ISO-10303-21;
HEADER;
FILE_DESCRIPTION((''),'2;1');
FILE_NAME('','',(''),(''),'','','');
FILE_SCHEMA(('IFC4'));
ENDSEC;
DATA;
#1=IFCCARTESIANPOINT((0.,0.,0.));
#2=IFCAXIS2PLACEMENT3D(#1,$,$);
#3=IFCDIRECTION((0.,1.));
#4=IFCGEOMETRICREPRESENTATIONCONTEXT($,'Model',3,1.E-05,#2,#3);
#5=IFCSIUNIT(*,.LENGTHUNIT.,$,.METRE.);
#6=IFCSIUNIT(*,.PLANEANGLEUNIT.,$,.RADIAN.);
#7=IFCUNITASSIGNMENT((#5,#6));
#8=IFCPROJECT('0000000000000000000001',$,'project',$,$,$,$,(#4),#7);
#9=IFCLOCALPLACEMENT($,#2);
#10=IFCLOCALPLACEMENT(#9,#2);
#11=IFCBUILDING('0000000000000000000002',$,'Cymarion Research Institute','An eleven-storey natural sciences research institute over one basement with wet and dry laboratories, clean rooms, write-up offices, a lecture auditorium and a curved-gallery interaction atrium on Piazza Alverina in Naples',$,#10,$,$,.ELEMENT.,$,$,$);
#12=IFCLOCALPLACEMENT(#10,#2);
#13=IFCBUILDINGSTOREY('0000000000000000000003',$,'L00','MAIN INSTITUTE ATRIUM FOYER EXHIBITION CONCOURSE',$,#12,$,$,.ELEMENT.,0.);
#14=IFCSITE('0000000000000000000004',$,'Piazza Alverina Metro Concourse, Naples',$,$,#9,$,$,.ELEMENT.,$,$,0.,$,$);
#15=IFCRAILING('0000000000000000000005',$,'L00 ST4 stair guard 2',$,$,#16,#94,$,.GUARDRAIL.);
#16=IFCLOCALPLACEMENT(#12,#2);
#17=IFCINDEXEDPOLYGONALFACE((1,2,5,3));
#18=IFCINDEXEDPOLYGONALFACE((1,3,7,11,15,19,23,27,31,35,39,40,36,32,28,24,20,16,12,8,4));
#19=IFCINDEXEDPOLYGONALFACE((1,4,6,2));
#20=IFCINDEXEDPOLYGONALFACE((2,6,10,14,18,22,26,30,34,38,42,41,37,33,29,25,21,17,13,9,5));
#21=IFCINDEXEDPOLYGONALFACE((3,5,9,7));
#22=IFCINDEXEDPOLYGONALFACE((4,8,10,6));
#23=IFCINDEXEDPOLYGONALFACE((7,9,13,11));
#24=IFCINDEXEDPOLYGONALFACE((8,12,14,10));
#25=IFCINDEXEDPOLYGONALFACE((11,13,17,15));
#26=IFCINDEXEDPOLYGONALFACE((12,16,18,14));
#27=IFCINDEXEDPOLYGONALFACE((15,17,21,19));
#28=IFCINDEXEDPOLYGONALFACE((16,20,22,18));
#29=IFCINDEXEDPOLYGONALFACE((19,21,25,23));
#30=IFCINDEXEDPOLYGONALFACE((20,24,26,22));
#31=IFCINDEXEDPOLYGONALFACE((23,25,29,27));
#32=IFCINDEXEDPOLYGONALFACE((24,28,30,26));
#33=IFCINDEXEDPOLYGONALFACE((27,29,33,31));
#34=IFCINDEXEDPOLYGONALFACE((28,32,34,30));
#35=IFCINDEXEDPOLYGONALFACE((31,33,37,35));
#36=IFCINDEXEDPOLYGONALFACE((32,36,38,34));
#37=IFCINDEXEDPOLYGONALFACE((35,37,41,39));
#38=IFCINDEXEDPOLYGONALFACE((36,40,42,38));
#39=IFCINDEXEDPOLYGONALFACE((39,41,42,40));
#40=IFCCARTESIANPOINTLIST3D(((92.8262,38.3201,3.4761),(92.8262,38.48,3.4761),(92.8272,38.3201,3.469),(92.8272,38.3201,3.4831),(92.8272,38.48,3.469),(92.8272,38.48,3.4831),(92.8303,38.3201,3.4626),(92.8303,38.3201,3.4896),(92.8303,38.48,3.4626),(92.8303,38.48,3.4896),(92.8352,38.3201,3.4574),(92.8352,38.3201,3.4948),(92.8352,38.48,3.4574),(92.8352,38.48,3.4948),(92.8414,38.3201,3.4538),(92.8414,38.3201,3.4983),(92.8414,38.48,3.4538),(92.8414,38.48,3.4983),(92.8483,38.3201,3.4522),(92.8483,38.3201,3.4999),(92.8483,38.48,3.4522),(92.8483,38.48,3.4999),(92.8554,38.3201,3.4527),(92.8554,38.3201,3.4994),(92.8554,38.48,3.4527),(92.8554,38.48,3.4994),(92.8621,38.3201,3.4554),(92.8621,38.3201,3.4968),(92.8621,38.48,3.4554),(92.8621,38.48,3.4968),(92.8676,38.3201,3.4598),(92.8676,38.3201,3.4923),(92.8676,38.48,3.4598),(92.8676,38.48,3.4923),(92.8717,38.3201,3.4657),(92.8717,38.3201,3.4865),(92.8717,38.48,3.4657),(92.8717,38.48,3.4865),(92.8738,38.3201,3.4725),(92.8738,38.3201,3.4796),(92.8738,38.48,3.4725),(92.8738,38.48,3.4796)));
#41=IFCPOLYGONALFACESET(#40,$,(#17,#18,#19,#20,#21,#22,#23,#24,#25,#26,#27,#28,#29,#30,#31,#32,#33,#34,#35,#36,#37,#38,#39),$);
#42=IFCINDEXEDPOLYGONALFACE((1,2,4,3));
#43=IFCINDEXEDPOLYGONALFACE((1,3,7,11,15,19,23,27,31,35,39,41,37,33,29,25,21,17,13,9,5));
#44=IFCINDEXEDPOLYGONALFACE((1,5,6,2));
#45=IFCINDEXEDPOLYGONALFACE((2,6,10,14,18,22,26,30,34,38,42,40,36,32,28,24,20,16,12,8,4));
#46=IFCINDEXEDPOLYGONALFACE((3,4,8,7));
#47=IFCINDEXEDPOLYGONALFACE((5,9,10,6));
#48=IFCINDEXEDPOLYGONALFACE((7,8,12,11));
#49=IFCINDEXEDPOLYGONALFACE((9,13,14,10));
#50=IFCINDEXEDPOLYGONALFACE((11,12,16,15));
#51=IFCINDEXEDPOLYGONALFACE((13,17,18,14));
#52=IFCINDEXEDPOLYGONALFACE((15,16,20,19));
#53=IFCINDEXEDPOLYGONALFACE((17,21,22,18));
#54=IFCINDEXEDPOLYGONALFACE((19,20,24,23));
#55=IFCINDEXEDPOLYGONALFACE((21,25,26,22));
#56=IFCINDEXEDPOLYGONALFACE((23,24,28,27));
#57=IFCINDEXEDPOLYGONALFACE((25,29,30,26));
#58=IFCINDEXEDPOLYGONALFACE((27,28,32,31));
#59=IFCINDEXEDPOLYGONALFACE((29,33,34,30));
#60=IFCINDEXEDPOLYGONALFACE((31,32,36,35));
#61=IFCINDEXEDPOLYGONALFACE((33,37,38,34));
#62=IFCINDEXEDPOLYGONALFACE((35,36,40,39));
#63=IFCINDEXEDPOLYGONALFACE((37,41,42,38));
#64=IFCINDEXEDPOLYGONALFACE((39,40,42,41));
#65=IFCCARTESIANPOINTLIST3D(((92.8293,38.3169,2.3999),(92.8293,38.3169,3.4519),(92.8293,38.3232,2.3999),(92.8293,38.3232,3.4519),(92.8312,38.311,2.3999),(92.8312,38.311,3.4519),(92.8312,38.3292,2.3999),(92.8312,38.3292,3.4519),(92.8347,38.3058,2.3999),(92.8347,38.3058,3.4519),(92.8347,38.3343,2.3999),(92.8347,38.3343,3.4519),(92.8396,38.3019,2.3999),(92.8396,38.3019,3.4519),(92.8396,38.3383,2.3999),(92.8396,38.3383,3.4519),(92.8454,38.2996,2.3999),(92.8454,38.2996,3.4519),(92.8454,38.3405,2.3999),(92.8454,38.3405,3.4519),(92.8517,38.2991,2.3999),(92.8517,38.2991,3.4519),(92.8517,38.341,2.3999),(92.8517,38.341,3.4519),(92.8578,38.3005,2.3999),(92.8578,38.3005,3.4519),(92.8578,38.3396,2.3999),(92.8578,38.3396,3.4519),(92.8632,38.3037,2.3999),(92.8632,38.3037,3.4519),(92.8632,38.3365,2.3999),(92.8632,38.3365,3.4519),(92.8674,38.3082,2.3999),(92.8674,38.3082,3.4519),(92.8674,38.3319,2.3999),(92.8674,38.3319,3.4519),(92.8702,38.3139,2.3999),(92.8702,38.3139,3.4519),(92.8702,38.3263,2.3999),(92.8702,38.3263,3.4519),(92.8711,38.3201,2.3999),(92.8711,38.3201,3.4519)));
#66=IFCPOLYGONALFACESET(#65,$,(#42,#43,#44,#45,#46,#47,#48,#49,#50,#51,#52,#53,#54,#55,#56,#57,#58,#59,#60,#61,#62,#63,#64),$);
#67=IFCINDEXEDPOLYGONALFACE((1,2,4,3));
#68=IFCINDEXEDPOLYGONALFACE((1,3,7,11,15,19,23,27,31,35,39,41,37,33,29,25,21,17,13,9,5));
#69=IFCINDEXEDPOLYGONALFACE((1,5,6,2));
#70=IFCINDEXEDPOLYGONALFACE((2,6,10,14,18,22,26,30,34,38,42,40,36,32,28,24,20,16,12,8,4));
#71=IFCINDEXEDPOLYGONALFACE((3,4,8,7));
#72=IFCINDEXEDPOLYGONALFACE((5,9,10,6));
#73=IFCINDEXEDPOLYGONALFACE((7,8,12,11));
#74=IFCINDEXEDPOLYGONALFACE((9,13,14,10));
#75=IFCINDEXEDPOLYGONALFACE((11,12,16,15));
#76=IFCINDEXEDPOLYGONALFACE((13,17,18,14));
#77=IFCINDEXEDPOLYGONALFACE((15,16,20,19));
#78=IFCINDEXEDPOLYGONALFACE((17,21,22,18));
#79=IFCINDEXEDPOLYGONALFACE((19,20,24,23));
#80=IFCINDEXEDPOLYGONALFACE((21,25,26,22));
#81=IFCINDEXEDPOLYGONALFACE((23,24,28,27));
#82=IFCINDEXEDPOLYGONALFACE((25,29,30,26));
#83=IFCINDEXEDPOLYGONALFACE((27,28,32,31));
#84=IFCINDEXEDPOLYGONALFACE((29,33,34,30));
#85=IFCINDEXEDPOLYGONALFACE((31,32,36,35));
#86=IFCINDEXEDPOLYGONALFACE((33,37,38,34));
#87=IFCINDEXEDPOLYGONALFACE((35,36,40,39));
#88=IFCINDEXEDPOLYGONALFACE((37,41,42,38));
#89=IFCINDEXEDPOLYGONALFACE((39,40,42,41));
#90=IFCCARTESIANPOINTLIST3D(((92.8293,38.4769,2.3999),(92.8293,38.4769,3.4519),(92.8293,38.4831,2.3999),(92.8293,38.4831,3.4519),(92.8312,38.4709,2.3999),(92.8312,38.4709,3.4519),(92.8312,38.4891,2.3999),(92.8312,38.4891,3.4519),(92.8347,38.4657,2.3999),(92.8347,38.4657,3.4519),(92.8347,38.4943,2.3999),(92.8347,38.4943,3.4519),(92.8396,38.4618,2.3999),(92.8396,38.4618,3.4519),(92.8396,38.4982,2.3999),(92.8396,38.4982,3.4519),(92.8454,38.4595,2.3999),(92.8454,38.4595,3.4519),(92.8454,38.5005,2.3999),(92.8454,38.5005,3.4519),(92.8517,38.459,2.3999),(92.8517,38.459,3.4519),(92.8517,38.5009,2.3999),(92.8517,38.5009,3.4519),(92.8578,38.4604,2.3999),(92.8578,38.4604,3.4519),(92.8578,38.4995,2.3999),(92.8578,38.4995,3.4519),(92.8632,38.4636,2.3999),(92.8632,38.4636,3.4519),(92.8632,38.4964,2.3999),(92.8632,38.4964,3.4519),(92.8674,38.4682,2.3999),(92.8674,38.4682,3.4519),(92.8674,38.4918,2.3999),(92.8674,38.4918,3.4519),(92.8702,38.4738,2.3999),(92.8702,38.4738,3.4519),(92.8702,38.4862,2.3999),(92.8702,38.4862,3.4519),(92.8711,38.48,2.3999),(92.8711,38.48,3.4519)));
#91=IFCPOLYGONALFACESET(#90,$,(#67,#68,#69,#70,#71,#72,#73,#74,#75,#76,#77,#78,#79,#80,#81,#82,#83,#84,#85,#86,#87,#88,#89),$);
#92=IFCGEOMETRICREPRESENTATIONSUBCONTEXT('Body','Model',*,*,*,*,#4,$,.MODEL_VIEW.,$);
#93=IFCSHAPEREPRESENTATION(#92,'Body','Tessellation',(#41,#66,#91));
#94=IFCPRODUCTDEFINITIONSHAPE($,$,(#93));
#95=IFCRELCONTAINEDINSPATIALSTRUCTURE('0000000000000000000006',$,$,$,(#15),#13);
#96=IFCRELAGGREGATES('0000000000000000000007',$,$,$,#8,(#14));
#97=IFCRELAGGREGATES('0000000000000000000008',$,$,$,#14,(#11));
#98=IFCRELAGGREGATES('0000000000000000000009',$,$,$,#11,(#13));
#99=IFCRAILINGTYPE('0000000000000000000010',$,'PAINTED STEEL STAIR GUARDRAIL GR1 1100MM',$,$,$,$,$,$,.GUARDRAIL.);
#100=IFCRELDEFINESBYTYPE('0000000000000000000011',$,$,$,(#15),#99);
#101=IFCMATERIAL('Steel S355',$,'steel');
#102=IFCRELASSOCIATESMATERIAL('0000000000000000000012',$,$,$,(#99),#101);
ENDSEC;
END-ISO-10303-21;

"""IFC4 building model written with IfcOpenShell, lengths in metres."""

from ifc_helpers import new_model, si_unit, direction, frame, origin, origin_2d, place, context, subcontext, project, spatial, circle, extrude, material, type_object, element, save


model = new_model("IFC4")

# Units and contexts
model_context = context("Model", 3, precision=1e-05, world=origin(), true_north=direction((0.0, 1.0)))
body_context = subcontext(model_context, "Body", "Model", "MODEL_VIEW")
ifc_project = project(units=[si_unit("LENGTHUNIT", "METRE"), si_unit("PLANEANGLEUNIT", "RADIAN")], contexts=[model_context])

# Site, building, storey
site_placement = place(None, origin())
site = spatial("IfcSite", under=ifc_project, at=site_placement, Name="Piazza Alverina Metro Concourse, Naples", CompositionType="ELEMENT", RefElevation=0.0)
building_placement = place(site_placement, origin())
building = spatial("IfcBuilding", under=site, at=building_placement, Name="Cymarion Research Institute", Description="An eleven-storey natural sciences research institute over one basement with wet and dry laboratories, clean rooms, write-up offices, a lecture auditorium and a curved-gallery interaction atrium on Piazza Alverina in Naples", CompositionType="ELEMENT")
storey_placement = place(building_placement, origin())
storey = spatial("IfcBuildingStorey", under=building, at=storey_placement, Name="L00", Description="MAIN INSTITUTE ATRIUM FOYER EXHIBITION CONCOURSE", CompositionType="ELEMENT", Elevation=0.0)

# Shared definitions
ifc_material_1 = material(Name="Steel S355", Category="steel")

# Railing
railing_type_1 = type_object("IfcRailingType", Name="PAINTED STEEL STAIR GUARDRAIL GR1 1100MM", PredefinedType="GUARDRAIL", material=ifc_material_1)
railing_1_placement = place(storey_placement, frame((92.8501, 38.3201, 2.3999)))
element("IfcRailing", 1, at=railing_1_placement, inside=storey, type_object=railing_type_1, Name="L00 ST4 stair guard 2", PredefinedType="GUARDRAIL", context=body_context, shape_type="SweptSolid", body=[
    extrude(circle(Radius=0.0239, at=origin_2d()), frame((0.0, 0.0, 1.0762), z_axis=(0.0, 1.0, 0.0), x_axis=(-1.0, 0.0, 0.0)), (0.0, 0.0, 1.0), 0.1599),
    extrude(circle(Radius=0.021, at=origin_2d()), origin(), (0.0, 0.0, 1.0), 1.052),
    extrude(circle(Radius=0.021, at=origin_2d()), frame((0.0, 0.1599, 0.0)), (0.0, 0.0, 1.0), 1.052),
])

save(model, "model.ifc")
